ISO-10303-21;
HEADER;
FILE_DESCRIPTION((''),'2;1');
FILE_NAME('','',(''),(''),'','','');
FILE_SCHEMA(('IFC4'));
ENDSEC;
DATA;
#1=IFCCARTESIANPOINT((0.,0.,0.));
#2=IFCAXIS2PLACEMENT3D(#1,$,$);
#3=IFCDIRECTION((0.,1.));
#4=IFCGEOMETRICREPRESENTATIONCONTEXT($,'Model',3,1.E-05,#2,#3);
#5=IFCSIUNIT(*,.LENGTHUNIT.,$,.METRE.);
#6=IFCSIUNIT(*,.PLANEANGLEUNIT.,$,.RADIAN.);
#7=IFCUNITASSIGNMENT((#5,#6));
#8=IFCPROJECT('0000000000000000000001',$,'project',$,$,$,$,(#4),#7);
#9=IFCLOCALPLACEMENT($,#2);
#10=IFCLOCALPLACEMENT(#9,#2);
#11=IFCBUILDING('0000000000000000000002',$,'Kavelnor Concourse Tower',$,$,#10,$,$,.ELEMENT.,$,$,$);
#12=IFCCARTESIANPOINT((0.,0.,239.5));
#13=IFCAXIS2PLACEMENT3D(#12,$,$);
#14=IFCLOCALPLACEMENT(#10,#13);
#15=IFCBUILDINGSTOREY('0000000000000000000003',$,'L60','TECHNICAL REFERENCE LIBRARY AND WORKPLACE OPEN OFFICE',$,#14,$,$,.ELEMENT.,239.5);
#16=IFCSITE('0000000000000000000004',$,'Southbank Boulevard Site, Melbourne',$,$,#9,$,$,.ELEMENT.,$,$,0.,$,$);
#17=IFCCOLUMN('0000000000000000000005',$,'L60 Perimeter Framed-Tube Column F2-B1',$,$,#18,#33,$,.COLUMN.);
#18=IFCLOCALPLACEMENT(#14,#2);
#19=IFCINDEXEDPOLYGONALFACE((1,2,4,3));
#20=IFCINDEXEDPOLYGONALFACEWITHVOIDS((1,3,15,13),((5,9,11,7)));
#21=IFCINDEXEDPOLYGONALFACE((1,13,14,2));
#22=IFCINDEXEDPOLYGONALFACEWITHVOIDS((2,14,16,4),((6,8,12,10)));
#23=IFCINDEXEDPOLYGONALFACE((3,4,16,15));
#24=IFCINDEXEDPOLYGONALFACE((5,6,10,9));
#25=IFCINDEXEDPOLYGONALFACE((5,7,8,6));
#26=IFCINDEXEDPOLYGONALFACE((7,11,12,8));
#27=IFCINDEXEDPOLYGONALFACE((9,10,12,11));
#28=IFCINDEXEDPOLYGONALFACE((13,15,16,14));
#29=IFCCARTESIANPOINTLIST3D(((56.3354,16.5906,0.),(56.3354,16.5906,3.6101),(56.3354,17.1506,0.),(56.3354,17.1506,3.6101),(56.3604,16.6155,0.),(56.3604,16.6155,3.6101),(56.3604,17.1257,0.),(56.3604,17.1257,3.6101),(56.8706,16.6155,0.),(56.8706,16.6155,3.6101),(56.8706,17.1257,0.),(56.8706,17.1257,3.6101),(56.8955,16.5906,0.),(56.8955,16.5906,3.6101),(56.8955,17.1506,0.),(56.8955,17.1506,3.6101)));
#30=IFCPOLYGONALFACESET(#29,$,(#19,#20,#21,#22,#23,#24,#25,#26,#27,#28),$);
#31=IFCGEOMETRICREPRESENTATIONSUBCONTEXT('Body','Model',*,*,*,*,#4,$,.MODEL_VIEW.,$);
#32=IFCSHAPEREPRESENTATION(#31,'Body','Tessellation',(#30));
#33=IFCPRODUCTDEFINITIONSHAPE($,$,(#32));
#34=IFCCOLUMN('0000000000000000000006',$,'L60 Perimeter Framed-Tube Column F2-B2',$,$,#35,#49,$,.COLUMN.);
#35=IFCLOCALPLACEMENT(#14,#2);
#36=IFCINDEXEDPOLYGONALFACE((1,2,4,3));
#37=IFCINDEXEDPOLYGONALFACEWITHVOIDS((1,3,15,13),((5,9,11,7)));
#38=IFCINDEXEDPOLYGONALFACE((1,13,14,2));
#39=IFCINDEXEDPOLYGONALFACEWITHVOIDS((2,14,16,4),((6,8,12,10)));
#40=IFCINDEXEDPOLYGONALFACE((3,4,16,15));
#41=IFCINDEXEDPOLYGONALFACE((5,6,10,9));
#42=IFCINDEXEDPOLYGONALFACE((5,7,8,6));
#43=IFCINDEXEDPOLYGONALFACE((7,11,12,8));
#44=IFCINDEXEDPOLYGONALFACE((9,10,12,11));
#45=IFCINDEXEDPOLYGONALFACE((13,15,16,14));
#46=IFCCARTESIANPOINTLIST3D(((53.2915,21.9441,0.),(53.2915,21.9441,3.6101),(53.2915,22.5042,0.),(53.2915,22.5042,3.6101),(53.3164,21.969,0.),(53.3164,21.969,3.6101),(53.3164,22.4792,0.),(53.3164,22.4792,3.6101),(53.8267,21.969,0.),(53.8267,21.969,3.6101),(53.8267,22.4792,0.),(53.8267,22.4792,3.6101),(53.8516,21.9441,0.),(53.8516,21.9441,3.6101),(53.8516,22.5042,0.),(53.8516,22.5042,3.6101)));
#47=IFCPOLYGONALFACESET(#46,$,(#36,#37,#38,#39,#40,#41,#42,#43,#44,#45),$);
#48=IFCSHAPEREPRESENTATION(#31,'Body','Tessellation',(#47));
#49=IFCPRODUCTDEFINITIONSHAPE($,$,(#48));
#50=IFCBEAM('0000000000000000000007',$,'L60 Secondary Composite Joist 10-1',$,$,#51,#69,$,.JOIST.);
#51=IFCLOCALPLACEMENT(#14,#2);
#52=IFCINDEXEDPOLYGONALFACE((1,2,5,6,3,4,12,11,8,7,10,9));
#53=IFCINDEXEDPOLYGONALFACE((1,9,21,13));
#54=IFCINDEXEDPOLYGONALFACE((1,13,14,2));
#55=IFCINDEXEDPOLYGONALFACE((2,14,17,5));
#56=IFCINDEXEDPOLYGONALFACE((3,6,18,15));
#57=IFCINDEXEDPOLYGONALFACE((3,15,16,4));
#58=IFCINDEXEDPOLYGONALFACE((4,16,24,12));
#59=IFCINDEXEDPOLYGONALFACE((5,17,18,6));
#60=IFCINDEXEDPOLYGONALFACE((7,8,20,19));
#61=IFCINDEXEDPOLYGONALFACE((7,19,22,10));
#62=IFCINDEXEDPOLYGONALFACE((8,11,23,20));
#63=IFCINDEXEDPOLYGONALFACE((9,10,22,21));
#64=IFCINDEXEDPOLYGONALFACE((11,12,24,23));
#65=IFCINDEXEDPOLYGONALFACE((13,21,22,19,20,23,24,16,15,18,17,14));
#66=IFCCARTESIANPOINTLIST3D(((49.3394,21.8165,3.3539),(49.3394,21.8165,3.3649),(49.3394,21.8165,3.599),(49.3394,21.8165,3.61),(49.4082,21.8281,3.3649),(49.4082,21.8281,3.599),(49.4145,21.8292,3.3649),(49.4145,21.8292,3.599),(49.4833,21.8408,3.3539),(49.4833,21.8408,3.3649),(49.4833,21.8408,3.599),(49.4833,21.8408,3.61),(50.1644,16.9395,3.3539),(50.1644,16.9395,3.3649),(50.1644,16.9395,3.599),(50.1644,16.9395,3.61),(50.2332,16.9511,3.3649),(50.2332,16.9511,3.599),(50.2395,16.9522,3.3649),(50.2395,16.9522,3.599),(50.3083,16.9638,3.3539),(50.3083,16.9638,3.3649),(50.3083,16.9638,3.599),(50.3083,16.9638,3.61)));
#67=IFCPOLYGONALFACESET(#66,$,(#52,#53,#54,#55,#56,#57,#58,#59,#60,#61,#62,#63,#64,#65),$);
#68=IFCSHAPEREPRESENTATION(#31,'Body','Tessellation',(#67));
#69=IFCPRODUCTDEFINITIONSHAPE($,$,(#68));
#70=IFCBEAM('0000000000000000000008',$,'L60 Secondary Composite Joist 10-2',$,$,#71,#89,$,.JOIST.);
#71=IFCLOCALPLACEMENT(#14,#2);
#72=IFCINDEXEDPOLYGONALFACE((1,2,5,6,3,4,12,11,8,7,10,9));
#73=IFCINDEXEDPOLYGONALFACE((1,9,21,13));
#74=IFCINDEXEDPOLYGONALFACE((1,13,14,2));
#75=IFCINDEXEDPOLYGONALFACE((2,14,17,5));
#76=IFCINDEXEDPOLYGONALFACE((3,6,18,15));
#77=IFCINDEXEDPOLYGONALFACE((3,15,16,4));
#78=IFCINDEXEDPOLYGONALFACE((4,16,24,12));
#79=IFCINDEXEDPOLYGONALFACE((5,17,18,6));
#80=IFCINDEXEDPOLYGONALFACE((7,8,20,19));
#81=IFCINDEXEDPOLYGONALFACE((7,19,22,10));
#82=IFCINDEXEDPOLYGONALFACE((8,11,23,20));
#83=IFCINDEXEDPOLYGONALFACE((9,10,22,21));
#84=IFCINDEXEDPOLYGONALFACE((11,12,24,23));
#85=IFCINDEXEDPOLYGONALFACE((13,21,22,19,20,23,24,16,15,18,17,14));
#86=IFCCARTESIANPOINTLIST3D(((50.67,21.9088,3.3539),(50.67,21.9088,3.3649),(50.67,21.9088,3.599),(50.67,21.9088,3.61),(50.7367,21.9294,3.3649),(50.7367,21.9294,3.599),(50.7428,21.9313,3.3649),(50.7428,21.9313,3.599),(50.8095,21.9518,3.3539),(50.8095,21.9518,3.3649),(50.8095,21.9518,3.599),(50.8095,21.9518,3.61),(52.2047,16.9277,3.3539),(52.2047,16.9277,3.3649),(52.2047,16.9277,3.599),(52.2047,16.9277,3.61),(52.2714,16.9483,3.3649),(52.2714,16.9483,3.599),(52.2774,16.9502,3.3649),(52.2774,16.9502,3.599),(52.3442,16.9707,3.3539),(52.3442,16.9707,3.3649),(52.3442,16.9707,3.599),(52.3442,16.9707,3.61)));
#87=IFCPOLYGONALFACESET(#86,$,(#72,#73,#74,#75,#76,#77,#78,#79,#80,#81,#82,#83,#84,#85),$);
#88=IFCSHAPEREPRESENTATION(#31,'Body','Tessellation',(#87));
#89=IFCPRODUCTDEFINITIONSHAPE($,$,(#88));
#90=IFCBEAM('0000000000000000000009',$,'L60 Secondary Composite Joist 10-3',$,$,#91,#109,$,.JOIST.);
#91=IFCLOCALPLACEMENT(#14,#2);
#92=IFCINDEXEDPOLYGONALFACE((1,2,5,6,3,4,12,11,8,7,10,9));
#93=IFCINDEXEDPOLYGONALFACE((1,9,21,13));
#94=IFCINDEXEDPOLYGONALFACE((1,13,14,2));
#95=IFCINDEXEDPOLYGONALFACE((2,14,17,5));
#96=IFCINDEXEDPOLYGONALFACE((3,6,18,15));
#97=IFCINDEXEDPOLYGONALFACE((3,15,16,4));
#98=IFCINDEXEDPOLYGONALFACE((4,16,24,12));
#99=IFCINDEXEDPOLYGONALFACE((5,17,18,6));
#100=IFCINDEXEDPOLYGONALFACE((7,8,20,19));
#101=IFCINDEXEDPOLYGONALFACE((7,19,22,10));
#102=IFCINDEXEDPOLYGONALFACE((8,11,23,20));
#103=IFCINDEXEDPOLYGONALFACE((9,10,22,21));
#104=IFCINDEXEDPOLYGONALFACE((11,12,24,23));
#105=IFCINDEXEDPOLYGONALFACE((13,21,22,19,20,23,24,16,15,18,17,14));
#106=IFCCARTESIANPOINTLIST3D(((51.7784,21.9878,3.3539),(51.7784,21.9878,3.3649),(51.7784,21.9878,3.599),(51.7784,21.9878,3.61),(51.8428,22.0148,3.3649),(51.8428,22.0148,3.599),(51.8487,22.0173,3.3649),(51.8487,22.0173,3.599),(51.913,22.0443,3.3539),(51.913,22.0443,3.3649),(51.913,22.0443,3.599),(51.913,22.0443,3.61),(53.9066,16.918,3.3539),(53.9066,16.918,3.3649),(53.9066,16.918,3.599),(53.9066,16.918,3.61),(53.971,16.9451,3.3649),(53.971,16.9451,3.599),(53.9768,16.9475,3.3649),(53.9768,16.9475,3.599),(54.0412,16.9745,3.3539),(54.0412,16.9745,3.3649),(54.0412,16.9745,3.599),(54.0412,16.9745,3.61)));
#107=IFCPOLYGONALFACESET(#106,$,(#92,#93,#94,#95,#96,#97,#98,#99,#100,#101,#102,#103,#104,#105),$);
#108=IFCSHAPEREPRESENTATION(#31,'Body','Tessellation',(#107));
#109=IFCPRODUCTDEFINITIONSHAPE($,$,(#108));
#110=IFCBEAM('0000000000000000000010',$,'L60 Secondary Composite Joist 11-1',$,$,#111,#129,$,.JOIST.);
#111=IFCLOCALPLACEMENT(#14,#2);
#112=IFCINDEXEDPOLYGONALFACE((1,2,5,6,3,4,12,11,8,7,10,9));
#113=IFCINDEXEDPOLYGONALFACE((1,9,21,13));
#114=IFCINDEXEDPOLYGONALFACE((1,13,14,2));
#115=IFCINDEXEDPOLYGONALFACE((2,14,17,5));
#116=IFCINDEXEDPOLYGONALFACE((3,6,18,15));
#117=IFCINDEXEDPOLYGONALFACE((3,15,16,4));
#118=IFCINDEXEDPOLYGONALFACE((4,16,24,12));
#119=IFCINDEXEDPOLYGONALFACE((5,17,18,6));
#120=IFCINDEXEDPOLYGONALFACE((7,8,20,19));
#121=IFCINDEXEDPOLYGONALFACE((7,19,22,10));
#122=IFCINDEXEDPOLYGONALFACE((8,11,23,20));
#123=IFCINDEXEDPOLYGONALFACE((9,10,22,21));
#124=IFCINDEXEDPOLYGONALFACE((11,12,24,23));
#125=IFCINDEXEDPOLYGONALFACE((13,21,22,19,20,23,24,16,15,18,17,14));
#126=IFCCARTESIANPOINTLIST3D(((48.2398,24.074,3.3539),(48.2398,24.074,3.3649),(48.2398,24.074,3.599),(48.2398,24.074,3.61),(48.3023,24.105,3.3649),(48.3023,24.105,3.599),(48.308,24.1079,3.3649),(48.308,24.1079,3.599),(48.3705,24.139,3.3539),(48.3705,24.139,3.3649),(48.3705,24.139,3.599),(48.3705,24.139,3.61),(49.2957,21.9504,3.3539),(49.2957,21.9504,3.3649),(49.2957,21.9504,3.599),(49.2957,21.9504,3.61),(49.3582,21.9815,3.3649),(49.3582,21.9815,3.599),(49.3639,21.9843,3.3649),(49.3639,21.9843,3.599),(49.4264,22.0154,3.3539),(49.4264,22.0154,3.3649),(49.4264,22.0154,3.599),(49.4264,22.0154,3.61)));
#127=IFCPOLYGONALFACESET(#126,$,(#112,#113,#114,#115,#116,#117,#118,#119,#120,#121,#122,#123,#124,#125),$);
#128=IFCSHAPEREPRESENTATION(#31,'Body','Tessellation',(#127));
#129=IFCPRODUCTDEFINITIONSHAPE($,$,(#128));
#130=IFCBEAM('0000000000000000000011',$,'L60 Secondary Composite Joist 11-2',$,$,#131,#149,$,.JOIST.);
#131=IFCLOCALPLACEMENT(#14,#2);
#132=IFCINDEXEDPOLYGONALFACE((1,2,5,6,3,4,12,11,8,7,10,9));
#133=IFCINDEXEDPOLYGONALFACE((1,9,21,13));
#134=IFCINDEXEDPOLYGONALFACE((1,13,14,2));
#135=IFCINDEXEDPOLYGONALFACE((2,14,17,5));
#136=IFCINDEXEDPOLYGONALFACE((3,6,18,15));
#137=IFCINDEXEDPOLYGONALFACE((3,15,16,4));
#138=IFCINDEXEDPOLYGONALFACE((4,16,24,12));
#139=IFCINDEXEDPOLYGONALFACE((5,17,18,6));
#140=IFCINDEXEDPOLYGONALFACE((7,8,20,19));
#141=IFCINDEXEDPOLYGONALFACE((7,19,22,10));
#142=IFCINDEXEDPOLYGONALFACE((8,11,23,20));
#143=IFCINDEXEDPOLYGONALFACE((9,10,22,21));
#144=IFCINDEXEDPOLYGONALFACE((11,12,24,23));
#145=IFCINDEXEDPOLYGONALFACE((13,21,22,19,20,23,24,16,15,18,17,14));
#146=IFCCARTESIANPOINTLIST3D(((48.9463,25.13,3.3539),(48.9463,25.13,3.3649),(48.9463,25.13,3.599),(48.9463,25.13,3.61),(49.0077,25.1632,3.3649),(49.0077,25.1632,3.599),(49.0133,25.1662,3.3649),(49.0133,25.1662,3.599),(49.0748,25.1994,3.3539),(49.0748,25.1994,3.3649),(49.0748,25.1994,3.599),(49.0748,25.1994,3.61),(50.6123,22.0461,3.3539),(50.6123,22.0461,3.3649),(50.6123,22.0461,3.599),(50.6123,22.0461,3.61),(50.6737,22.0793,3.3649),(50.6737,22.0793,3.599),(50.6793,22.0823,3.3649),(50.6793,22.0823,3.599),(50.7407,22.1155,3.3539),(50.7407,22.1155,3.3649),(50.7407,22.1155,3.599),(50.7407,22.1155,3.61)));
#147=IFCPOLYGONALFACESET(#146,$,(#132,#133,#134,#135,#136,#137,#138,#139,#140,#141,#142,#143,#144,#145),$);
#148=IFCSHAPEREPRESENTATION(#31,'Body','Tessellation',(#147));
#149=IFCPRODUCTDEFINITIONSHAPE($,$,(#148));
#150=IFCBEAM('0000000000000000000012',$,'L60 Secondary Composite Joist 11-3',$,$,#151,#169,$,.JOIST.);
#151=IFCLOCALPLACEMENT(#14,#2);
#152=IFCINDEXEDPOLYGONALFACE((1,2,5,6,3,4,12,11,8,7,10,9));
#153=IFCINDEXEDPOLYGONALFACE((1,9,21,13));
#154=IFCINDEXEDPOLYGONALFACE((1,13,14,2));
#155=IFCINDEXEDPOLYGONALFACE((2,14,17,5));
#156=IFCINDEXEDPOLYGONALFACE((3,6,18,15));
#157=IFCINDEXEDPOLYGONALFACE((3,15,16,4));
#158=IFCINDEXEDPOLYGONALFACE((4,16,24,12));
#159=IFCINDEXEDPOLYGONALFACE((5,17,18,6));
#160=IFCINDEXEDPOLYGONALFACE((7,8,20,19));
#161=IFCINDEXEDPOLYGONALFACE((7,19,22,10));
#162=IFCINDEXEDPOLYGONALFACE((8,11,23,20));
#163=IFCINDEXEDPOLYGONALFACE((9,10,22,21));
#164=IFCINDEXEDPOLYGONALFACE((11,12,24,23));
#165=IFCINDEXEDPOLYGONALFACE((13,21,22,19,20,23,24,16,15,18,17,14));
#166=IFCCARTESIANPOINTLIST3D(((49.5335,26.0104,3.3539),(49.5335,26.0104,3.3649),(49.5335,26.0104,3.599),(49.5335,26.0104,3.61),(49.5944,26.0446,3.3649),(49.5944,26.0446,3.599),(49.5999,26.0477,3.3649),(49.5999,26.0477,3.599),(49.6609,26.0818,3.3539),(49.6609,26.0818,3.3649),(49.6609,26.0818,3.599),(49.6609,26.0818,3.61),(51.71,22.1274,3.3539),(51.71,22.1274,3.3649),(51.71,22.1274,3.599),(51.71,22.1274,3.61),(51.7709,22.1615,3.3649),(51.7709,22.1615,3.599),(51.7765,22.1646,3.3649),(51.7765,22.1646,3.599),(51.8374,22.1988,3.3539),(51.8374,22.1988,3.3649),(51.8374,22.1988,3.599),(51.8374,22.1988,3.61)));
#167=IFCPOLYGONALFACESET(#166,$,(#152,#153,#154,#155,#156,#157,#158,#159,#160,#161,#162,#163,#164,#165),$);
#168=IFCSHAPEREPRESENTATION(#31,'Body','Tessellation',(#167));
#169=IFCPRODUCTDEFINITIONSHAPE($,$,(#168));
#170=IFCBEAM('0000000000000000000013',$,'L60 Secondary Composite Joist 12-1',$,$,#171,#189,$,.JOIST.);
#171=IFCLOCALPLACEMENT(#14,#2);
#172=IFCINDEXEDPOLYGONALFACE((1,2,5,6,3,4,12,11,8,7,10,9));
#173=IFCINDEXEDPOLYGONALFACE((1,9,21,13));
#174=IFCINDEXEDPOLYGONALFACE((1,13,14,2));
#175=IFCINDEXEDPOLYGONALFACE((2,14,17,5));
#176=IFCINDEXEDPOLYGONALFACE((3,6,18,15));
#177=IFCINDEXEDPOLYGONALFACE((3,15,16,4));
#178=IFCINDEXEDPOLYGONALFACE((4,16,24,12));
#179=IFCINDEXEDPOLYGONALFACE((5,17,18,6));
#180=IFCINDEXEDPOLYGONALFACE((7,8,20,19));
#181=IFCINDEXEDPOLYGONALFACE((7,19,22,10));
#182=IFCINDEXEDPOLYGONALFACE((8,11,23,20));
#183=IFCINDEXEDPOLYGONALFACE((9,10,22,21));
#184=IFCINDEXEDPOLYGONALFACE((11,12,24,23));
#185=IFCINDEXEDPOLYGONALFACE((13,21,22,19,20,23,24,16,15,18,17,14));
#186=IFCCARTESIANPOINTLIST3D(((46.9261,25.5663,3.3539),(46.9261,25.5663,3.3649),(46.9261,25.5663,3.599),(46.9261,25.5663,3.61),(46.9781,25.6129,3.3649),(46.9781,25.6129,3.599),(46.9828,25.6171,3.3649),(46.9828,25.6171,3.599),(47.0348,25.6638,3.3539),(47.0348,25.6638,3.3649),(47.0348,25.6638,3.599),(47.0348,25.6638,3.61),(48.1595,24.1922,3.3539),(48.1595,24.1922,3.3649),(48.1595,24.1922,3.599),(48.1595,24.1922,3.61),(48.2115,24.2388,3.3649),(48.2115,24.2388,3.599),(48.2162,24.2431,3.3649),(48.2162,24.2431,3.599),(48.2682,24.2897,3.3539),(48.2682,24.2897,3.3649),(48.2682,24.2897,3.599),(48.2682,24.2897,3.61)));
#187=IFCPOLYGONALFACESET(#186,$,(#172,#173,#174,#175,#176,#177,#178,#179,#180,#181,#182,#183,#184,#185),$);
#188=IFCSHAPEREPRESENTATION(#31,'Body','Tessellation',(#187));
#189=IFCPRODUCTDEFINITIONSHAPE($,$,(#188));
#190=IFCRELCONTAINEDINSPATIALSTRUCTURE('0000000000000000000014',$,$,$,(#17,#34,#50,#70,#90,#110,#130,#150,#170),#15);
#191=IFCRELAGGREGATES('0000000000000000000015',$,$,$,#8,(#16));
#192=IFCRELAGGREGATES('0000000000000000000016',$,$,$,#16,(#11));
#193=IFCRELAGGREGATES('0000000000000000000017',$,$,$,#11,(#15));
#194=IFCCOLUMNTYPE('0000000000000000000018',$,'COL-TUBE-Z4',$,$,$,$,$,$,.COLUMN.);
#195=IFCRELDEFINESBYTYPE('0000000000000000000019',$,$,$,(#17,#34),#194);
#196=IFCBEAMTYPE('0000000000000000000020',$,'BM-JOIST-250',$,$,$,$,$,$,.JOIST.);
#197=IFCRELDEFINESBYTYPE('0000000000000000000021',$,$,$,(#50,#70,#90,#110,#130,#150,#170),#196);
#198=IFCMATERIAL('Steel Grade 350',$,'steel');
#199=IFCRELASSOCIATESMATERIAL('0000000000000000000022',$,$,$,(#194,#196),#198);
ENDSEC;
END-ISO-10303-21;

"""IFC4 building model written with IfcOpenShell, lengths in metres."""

from ifc_helpers import new_model, si_unit, direction, frame, origin, origin_2d, place, context, subcontext, project, spatial, hollow_rectangle, i_section, extrude, material, material_profile, profile_set, type_object, element, save


model = new_model("IFC4")

# Units and contexts
model_context = context("Model", 3, precision=1e-05, world=origin(), true_north=direction((0.0, 1.0)))
body_context = subcontext(model_context, "Body", "Model", "MODEL_VIEW")
ifc_project = project(units=[si_unit("LENGTHUNIT", "METRE"), si_unit("PLANEANGLEUNIT", "RADIAN")], contexts=[model_context])

# Site, building, storey
site_placement = place(None, origin())
site = spatial("IfcSite", under=ifc_project, at=site_placement, Name="Southbank Boulevard Site, Melbourne", CompositionType="ELEMENT", RefElevation=0.0)
building_placement = place(site_placement, origin())
building = spatial("IfcBuilding", under=site, at=building_placement, Name="Kavelnor Concourse Tower", CompositionType="ELEMENT")
storey_placement = place(building_placement, frame((0.0, 0.0, 239.5)))
storey = spatial("IfcBuildingStorey", under=building, at=storey_placement, Name="L60", Description="TECHNICAL REFERENCE LIBRARY AND WORKPLACE OPEN OFFICE", CompositionType="ELEMENT", Elevation=239.5)

# Columns
ifc_material_1 = material(Name="Steel Grade 350", Category="steel")
ifc_material_profile_1 = material_profile(ifc_material_1, hollow_rectangle(XDim=0.5601, YDim=0.5601, WallThickness=0.0249, at=origin_2d()), Name="SHS 560x560x25")
ifc_profile_set_1 = profile_set([ifc_material_profile_1], Name="Steel Grade 350")
column_type = type_object("IfcColumnType", Name="COL-TUBE-Z4", PredefinedType="COLUMN", material=ifc_profile_set_1)
for number, where, z_axis, x_axis, name in (
    (1, (56.6155, 16.8706, 0.0), (0.0, 0.0, 1.0), (1.0, 0.0, 0.0), "L60 Perimeter Framed-Tube Column F2-B1"),
    (2, (53.5715, 22.2241, 0.0), (0.0, 0.0, 1.0), (1.0, 0.0, 0.0), "L60 Perimeter Framed-Tube Column F2-B2"),
):
    element("IfcColumn", number, at=place(storey_placement, frame(where, z_axis=z_axis, x_axis=x_axis)), inside=storey, type_object=column_type, Name=name, PredefinedType="COLUMN", context=body_context, shape_type="SweptSolid", body=[
        extrude(hollow_rectangle(XDim=0.5601, YDim=0.5601, WallThickness=0.0249, at=origin_2d()), origin(), (0.0, 0.0, 1.0), 3.6101),
    ])

# Beams
ifc_material_profile_2 = material_profile(ifc_material_1, i_section(OverallWidth=0.146, OverallDepth=0.2561, WebThickness=0.0063, FlangeThickness=0.011, at=origin_2d()), Name="250UB37")
ifc_profile_set_2 = profile_set([ifc_material_profile_2], Name="Steel Grade 350")
beam_type_1 = type_object("IfcBeamType", Name="BM-JOIST-250", PredefinedType="JOIST", material=ifc_profile_set_2)
beam_1_placement = place(storey_placement, frame((50.2363, 16.9517, 3.4819), z_axis=(-0.166784, 0.985994, 0.0), x_axis=(-0.985994, -0.166784, 0.0)))
element("IfcBeam", 3, at=beam_1_placement, inside=storey, type_object=beam_type_1, Name="L60 Secondary Composite Joist 10-1", PredefinedType="JOIST", context=body_context, shape_type="SweptSolid", body=[
    extrude(i_section(OverallWidth=0.146, OverallDepth=0.2561, WebThickness=0.0063, FlangeThickness=0.011, at=origin_2d()), origin(), (0.0, 0.0, 1.0), 4.9463),
])
beam_2_placement = place(storey_placement, frame((52.2744, 16.9492, 3.4819), z_axis=(-0.294435, 0.955672, 0.0), x_axis=(-0.955672, -0.294435, 0.0)))
element("IfcBeam", 4, at=beam_2_placement, inside=storey, type_object=beam_type_1, Name="L60 Secondary Composite Joist 10-2", PredefinedType="JOIST", context=body_context, shape_type="SweptSolid", body=[
    extrude(i_section(OverallWidth=0.146, OverallDepth=0.2561, WebThickness=0.0063, FlangeThickness=0.011, at=origin_2d()), origin(), (0.0, 0.0, 1.0), 5.2122),
])
beam_3_placement = place(storey_placement, frame((53.9739, 16.9463, 3.4819), z_axis=(-0.387054, 0.922057, 0.0), x_axis=(-0.922057, -0.387054, 0.0)))
element("IfcBeam", 5, at=beam_3_placement, inside=storey, type_object=beam_type_1, Name="L60 Secondary Composite Joist 10-3", PredefinedType="JOIST", context=body_context, shape_type="SweptSolid", body=[
    extrude(i_section(OverallWidth=0.146, OverallDepth=0.2561, WebThickness=0.0063, FlangeThickness=0.011, at=origin_2d()), origin(), (0.0, 0.0, 1.0), 5.4983),
])
beam_4_placement = place(storey_placement, frame((49.3611, 21.9829, 3.4819), z_axis=(-0.445236, 0.895413, 0.0), x_axis=(-0.895413, -0.445236, 0.0)))
element("IfcBeam", 6, at=beam_4_placement, inside=storey, type_object=beam_type_1, Name="L60 Secondary Composite Joist 11-1", PredefinedType="JOIST", context=body_context, shape_type="SweptSolid", body=[
    extrude(i_section(OverallWidth=0.146, OverallDepth=0.2561, WebThickness=0.0063, FlangeThickness=0.011, at=origin_2d()), origin(), (0.0, 0.0, 1.0), 2.3716),
])
beam_5_placement = place(storey_placement, frame((50.6765, 22.0808, 3.4819), z_axis=(-0.475296, 0.879826, 0.0), x_axis=(-0.879826, -0.475296, 0.0)))
element("IfcBeam", 7, at=beam_5_placement, inside=storey, type_object=beam_type_1, Name="L60 Secondary Composite Joist 11-2", PredefinedType="JOIST", context=body_context, shape_type="SweptSolid", body=[
    extrude(i_section(OverallWidth=0.146, OverallDepth=0.2561, WebThickness=0.0063, FlangeThickness=0.011, at=origin_2d()), origin(), (0.0, 0.0, 1.0), 3.5051),
])
beam_6_placement = place(storey_placement, frame((51.7737, 22.1631, 3.4819), z_axis=(-0.488946, 0.872314, 0.0), x_axis=(-0.872314, -0.488946, 0.0)))
element("IfcBeam", 8, at=beam_6_placement, inside=storey, type_object=beam_type_1, Name="L60 Secondary Composite Joist 11-3", PredefinedType="JOIST", context=body_context, shape_type="SweptSolid", body=[
    extrude(i_section(OverallWidth=0.146, OverallDepth=0.2561, WebThickness=0.0063, FlangeThickness=0.011, at=origin_2d()), origin(), (0.0, 0.0, 1.0), 4.4514),
])
beam_7_placement = place(storey_placement, frame((48.2139, 24.241, 3.4819), z_axis=(-0.668, 0.744161, 0.0), x_axis=(-0.744161, -0.668, 0.0)))
element("IfcBeam", 9, at=beam_7_placement, inside=storey, type_object=beam_type_1, Name="L60 Secondary Composite Joist 12-1", PredefinedType="JOIST", context=body_context, shape_type="SweptSolid", body=[
    extrude(i_section(OverallWidth=0.146, OverallDepth=0.2561, WebThickness=0.0063, FlangeThickness=0.011, at=origin_2d()), origin(), (0.0, 0.0, 1.0), 1.8464),
])

save(model, "model.ifc")
